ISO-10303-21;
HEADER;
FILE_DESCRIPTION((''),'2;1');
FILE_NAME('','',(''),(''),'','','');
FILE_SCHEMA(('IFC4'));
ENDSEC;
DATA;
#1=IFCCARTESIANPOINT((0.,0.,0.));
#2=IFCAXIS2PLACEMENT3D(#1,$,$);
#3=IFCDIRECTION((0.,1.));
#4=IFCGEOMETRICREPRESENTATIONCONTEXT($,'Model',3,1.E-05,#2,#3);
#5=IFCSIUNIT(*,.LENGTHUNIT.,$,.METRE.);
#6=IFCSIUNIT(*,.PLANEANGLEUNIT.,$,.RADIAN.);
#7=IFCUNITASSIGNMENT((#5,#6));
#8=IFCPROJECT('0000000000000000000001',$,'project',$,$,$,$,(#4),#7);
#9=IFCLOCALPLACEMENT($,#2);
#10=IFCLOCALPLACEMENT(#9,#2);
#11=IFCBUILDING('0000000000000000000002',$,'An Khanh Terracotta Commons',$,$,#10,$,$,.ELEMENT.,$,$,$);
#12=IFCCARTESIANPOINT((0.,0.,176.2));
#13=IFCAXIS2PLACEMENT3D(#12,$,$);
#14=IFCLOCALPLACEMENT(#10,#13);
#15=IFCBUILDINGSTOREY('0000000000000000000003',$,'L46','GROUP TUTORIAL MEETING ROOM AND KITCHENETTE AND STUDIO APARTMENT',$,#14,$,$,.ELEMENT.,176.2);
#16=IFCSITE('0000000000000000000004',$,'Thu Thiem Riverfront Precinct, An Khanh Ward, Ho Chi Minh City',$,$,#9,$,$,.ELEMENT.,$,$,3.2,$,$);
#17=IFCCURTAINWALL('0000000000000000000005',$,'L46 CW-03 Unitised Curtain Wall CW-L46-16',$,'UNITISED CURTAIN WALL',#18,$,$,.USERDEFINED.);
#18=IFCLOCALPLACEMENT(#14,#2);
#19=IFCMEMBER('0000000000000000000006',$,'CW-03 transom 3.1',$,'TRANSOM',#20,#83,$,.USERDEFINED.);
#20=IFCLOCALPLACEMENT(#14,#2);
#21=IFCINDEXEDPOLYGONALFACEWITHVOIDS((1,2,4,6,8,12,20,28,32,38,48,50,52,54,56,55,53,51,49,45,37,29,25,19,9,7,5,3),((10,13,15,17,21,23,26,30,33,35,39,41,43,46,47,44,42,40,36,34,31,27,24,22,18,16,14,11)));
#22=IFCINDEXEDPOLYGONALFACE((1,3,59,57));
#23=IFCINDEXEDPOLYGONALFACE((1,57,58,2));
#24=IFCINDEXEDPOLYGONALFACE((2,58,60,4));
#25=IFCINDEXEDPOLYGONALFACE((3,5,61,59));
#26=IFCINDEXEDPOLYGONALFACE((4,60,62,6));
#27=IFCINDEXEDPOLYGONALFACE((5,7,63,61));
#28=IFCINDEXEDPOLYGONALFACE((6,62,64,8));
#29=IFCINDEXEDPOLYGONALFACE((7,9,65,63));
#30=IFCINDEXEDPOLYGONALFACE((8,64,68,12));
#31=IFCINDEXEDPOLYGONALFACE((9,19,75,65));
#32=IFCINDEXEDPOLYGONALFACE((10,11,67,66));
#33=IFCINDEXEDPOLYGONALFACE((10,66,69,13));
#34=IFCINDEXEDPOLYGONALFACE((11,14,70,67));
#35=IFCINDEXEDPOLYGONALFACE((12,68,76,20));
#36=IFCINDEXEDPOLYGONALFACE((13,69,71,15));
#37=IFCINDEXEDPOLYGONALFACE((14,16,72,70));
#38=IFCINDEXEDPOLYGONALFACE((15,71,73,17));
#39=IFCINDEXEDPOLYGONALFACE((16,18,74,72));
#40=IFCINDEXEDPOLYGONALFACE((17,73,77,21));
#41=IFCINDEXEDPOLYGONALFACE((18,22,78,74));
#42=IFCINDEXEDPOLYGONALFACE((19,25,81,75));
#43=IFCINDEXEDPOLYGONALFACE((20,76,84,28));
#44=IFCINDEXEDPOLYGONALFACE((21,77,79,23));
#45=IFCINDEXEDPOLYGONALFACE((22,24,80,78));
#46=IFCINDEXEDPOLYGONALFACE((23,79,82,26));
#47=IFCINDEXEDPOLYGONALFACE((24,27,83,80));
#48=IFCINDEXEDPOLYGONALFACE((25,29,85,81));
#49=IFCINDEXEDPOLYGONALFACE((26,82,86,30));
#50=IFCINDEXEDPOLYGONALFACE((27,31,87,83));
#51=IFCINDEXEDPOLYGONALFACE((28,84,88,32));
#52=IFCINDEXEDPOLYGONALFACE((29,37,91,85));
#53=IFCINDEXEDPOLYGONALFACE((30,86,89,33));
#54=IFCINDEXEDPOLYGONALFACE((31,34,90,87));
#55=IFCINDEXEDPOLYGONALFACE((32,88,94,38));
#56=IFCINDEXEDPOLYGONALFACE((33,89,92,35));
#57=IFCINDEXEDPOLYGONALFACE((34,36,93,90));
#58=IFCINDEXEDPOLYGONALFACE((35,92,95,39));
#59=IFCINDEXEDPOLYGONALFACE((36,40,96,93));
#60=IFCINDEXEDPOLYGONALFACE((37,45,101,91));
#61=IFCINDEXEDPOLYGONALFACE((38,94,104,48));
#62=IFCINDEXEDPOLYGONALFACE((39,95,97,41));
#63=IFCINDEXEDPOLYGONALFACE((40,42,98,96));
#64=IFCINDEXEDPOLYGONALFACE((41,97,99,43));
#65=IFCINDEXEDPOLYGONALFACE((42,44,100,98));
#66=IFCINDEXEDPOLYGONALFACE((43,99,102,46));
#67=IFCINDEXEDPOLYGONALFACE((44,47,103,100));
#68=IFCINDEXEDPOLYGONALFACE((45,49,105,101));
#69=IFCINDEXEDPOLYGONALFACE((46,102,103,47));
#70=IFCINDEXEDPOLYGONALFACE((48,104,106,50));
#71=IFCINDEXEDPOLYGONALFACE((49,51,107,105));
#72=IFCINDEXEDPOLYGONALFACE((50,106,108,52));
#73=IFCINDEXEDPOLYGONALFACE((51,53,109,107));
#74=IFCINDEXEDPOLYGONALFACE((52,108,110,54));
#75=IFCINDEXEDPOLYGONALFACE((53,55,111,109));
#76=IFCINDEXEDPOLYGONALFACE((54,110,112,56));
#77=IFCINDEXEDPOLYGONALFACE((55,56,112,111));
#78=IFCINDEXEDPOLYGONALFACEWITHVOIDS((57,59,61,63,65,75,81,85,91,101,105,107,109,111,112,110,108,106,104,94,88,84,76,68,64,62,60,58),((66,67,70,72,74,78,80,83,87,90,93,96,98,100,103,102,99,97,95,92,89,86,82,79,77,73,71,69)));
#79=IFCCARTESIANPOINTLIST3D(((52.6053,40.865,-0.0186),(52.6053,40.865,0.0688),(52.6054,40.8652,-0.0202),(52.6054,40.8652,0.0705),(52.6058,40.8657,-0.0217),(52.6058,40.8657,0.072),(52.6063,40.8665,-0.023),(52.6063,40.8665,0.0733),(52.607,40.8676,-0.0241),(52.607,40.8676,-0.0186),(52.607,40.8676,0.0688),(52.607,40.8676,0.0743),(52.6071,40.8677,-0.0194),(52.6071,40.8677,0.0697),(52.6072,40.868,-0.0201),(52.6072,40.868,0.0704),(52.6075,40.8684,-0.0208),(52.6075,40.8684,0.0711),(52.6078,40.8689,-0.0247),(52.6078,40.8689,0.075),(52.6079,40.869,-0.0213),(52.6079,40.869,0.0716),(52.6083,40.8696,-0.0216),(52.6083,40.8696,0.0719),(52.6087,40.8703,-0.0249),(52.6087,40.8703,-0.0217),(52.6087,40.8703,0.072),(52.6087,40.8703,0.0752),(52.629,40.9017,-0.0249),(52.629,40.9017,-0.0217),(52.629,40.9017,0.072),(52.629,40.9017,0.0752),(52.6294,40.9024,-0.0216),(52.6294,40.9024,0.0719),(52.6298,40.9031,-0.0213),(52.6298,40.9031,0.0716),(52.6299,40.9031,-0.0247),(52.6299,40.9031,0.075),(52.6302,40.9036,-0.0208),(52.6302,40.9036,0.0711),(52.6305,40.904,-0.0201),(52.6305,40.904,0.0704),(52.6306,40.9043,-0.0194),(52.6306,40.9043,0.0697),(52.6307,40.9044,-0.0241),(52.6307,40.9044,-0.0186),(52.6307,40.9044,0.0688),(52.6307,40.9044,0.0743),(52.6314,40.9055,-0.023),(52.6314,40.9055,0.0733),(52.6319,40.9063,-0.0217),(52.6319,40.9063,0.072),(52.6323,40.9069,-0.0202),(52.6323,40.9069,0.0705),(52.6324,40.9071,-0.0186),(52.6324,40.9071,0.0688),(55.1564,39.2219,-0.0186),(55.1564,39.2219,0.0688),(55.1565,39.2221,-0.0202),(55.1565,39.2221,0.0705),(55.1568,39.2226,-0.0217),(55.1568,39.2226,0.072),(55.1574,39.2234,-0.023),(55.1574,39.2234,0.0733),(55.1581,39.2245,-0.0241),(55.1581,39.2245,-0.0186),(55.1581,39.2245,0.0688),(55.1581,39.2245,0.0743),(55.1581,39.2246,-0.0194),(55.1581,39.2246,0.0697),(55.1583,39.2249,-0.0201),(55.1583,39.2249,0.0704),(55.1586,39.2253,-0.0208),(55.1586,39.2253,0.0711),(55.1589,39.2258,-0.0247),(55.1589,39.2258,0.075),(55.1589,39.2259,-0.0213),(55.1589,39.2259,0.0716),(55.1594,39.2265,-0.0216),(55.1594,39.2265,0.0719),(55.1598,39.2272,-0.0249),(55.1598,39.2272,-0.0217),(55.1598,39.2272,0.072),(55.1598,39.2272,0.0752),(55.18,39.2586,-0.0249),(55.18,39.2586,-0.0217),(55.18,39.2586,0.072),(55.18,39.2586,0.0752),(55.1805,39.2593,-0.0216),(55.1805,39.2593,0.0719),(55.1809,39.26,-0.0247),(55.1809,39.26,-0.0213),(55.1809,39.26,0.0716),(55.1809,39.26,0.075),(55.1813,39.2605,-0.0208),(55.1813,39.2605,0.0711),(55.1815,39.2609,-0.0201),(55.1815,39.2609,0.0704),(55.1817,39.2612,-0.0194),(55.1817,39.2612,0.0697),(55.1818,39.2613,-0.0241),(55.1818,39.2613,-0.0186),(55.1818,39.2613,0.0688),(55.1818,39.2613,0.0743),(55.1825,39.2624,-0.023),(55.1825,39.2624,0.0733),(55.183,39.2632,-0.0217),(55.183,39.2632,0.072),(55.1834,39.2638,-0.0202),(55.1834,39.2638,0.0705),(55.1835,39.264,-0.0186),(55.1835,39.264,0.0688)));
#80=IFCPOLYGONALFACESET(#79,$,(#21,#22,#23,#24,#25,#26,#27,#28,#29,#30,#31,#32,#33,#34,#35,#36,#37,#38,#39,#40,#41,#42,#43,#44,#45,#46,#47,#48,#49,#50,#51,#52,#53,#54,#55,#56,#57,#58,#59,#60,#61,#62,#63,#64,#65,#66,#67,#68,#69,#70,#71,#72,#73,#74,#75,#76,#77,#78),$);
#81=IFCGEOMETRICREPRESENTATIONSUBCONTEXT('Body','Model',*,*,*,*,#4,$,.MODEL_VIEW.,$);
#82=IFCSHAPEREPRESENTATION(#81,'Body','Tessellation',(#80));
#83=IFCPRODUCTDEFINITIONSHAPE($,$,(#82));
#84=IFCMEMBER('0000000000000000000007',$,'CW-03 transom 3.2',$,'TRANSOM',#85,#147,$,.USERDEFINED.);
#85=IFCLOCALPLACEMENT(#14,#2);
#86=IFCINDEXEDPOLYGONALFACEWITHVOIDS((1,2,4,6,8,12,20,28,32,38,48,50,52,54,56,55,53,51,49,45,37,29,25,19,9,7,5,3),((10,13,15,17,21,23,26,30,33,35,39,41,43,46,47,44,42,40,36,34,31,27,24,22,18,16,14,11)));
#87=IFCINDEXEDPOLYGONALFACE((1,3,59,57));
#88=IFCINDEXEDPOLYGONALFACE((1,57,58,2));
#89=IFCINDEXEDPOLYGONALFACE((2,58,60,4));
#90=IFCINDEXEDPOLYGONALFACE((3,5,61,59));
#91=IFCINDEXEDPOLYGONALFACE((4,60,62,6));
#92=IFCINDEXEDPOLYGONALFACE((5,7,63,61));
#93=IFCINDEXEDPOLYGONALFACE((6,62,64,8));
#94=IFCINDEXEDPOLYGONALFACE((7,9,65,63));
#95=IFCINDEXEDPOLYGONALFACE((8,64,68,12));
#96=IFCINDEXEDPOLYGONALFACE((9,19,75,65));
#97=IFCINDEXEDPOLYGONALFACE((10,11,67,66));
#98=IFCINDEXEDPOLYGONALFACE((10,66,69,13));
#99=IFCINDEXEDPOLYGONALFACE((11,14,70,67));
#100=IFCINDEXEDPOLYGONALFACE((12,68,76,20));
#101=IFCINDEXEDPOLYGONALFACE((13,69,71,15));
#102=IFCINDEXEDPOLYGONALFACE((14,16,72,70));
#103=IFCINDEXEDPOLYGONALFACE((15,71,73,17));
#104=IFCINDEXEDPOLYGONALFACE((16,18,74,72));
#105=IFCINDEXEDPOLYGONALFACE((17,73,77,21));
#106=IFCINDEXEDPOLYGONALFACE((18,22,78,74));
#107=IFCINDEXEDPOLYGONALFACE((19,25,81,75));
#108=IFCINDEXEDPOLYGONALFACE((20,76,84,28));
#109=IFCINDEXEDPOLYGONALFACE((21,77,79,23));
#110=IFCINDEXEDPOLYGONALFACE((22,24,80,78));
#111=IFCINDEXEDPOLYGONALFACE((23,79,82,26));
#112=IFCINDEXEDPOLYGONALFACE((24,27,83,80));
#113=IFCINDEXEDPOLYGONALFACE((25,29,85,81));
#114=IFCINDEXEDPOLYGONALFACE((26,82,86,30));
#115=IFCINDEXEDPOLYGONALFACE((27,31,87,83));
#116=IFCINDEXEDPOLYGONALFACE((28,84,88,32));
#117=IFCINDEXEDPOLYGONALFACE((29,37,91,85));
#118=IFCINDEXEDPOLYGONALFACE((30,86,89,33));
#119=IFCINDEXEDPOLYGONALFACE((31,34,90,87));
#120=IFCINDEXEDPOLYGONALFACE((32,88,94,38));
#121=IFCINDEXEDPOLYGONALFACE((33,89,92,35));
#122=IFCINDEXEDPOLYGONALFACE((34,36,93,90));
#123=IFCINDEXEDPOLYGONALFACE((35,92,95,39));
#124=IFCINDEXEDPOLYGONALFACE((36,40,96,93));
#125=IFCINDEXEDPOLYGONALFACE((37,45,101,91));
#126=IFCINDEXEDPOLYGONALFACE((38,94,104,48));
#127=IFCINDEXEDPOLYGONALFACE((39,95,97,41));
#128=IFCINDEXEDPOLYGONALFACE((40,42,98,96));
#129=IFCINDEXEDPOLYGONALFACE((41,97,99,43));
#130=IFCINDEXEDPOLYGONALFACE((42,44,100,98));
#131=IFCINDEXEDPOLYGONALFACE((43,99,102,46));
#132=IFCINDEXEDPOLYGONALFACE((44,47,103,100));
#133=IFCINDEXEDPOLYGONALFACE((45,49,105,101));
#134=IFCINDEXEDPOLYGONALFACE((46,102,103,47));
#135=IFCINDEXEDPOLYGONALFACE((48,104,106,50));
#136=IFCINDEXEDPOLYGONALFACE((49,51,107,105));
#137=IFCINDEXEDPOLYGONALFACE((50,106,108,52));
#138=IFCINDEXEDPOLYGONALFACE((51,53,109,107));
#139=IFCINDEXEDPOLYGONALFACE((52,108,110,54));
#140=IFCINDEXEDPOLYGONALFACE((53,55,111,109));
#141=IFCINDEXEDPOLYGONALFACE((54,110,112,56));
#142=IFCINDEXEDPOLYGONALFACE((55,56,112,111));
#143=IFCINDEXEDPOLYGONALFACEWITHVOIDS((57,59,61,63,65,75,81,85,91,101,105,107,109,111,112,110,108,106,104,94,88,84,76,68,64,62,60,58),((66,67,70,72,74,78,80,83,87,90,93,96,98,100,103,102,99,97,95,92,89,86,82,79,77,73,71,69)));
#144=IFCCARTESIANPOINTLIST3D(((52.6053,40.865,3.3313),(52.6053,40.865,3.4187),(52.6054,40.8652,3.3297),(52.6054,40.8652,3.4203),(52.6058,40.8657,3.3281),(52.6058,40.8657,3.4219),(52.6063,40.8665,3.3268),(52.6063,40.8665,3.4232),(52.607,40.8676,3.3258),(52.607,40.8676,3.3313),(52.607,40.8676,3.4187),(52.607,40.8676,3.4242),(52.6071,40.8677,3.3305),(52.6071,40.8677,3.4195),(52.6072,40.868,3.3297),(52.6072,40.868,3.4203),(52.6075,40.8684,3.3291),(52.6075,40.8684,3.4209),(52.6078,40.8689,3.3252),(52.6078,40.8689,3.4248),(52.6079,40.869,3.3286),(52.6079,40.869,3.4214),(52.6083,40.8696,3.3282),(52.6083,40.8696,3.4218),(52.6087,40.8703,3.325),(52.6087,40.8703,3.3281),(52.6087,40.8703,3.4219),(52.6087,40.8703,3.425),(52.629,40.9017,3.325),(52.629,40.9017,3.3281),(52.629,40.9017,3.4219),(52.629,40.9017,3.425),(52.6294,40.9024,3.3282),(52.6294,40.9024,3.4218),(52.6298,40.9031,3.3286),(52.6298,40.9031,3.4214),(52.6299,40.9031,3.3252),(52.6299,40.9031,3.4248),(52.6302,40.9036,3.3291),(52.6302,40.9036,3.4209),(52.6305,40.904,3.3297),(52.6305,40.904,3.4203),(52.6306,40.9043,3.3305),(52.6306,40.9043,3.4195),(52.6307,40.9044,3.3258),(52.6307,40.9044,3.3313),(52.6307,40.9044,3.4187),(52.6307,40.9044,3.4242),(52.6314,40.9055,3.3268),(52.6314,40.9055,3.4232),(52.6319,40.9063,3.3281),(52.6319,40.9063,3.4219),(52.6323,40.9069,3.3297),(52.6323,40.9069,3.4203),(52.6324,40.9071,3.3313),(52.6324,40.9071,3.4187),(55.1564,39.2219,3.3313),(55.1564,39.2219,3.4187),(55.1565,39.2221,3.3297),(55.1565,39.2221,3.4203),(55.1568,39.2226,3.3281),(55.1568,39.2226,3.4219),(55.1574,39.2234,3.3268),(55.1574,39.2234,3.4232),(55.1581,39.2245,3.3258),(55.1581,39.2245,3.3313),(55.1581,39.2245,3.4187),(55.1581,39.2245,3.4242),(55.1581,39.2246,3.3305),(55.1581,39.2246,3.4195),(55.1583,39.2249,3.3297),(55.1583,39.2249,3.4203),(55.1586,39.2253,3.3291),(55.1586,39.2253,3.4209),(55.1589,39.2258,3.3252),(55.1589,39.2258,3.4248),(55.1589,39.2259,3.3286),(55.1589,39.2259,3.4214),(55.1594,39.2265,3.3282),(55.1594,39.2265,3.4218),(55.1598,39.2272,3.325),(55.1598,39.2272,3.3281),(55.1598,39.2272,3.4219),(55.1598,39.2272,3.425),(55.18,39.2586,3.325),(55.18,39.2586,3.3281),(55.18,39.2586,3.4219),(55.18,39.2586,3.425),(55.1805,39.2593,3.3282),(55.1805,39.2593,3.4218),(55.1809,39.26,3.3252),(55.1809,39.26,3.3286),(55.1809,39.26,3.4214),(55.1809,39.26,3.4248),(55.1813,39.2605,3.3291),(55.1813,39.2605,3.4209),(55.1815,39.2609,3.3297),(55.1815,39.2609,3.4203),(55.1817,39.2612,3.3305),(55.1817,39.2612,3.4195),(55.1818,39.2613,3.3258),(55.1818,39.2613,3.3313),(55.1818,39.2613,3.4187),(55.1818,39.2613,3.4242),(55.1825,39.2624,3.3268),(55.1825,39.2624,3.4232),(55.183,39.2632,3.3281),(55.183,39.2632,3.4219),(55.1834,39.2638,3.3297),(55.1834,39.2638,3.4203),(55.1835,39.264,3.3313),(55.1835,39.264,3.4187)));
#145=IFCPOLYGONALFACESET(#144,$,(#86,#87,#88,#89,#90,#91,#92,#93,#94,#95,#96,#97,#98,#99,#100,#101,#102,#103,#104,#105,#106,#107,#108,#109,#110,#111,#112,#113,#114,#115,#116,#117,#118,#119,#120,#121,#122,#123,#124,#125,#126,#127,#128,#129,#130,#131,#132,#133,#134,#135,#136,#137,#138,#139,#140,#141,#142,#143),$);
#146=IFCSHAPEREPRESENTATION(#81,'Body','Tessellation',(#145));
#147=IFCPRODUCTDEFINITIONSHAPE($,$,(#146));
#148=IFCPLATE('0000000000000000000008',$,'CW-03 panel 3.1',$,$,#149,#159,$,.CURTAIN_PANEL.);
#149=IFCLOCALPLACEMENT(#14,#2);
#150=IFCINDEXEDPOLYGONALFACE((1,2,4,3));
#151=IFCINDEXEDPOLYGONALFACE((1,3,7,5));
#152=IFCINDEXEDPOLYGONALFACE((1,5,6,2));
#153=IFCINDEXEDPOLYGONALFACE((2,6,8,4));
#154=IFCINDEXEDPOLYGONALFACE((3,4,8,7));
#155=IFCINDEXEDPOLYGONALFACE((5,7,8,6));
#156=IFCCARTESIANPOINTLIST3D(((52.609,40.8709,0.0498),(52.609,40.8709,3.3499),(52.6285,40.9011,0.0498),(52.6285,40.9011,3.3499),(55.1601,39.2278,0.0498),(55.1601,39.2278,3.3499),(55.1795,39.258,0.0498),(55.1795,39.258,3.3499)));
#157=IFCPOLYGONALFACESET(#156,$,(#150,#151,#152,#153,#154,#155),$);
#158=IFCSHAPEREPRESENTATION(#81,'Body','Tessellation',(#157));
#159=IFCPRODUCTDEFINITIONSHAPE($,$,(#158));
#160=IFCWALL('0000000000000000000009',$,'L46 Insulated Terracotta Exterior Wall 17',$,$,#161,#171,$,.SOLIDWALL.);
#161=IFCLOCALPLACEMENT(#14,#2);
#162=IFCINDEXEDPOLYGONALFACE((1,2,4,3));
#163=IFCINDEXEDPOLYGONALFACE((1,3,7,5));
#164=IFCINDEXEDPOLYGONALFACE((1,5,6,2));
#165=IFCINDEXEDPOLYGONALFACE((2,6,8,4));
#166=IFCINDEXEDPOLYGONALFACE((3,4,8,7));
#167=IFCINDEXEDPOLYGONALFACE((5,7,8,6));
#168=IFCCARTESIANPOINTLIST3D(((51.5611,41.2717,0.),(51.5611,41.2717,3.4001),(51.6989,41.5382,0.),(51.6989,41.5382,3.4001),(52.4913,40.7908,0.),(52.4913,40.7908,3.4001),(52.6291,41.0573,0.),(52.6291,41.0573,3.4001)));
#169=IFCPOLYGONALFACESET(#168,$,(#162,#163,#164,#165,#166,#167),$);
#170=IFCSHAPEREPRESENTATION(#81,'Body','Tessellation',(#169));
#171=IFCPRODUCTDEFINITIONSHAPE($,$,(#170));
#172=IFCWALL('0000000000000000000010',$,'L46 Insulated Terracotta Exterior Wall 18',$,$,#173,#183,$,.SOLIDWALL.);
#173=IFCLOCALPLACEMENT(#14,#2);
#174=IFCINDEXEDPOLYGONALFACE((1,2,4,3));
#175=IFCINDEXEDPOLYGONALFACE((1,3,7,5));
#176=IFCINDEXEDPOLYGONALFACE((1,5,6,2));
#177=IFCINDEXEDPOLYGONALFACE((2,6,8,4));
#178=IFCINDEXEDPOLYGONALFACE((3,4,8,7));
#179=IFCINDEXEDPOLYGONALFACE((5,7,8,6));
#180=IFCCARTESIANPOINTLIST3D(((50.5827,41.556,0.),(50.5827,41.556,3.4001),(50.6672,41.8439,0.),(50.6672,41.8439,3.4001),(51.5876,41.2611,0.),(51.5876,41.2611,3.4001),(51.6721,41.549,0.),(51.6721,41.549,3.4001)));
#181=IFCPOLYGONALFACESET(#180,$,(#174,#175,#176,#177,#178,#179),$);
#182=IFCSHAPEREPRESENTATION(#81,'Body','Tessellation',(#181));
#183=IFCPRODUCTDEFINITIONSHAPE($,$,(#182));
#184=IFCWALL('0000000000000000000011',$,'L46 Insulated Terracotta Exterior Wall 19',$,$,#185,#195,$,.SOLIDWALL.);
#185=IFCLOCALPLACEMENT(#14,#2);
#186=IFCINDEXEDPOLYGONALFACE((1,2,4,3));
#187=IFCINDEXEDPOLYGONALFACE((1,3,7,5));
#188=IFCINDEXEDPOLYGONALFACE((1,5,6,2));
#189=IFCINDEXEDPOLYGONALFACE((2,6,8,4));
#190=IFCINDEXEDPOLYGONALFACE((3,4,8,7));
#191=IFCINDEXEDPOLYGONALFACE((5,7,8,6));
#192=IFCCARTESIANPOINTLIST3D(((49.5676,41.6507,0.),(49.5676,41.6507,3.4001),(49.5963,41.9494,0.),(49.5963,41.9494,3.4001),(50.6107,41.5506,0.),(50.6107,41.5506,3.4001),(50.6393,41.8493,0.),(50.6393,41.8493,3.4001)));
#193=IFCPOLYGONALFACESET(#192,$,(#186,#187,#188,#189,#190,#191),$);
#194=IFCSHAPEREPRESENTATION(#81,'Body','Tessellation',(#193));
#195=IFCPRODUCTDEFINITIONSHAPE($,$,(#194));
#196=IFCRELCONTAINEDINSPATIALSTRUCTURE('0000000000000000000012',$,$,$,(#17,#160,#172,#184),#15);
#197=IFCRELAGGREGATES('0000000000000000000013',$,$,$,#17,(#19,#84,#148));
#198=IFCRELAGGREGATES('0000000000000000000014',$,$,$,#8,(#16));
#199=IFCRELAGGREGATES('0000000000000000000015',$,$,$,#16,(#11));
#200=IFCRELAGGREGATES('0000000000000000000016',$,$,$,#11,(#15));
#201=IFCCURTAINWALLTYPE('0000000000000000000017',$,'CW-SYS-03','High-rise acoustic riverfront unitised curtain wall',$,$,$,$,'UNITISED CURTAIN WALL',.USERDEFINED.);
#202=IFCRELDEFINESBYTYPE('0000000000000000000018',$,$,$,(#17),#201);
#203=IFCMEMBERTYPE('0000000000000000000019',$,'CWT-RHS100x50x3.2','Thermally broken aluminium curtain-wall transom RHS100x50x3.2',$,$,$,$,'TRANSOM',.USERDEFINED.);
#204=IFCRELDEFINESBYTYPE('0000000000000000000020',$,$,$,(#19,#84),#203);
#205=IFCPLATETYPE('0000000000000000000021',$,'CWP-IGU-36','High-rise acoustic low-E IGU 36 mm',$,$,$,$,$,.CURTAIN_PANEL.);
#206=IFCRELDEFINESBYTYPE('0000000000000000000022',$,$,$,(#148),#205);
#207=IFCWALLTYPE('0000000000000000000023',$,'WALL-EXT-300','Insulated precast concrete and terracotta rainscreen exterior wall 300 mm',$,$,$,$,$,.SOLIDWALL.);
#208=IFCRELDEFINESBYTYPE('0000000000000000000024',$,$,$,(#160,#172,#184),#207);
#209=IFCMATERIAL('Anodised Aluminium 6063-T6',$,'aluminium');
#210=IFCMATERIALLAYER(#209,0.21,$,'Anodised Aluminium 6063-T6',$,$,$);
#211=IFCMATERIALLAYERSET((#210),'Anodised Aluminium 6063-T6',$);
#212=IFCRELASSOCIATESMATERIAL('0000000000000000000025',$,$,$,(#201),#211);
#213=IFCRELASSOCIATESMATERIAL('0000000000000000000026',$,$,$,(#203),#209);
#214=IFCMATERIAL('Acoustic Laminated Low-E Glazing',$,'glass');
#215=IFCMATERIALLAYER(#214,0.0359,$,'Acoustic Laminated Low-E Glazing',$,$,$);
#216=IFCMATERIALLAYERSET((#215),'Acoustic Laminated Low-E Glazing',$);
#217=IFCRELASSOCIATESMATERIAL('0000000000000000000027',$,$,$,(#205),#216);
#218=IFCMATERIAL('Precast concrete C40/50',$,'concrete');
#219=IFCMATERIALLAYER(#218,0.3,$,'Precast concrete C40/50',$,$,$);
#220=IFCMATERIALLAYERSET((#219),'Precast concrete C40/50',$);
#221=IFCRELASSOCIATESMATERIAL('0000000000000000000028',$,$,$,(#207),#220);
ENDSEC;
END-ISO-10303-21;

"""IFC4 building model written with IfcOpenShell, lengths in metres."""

from ifc_helpers import new_model, si_unit, direction, frame, frame_2d, origin, origin_2d, place, context, subcontext, project, spatial, rectangle, hollow_rectangle, extrude, material, layer, layer_set, material_profile, profile_set, type_object, element, aggregate, save


model = new_model("IFC4")

# Units and contexts
model_context = context("Model", 3, precision=1e-05, world=origin(), true_north=direction((0.0, 1.0)))
body_context = subcontext(model_context, "Body", "Model", "MODEL_VIEW")
ifc_project = project(units=[si_unit("LENGTHUNIT", "METRE"), si_unit("PLANEANGLEUNIT", "RADIAN")], contexts=[model_context])

# Site, building, storey
site_placement = place(None, origin())
site = spatial("IfcSite", under=ifc_project, at=site_placement, Name="Thu Thiem Riverfront Precinct, An Khanh Ward, Ho Chi Minh City", CompositionType="ELEMENT", RefElevation=3.2)
building_placement = place(site_placement, origin())
building = spatial("IfcBuilding", under=site, at=building_placement, Name="An Khanh Terracotta Commons", CompositionType="ELEMENT")
storey_placement = place(building_placement, frame((0.0, 0.0, 176.2)))
storey = spatial("IfcBuildingStorey", under=building, at=storey_placement, Name="L46", Description="GROUP TUTORIAL MEETING ROOM AND KITCHENETTE AND STUDIO APARTMENT", CompositionType="ELEMENT", Elevation=176.2)

# Curtain wall, members, plate
ifc_material_1 = material(Name="Anodised Aluminium 6063-T6", Category="aluminium")
ifc_layer_1 = layer(ifc_material_1, 0.21, Name="Anodised Aluminium 6063-T6")
ifc_layer_set_1 = layer_set([ifc_layer_1], Name="Anodised Aluminium 6063-T6")
curtain_wall_type = type_object("IfcCurtainWallType", Name="CW-SYS-03", Description="High-rise acoustic riverfront unitised curtain wall", ElementType="UNITISED CURTAIN WALL", PredefinedType="USERDEFINED", material=ifc_layer_set_1)
curtain_wall_placement = place(storey_placement, origin())
curtain_wall = element("IfcCurtainWall", 1, at=curtain_wall_placement, inside=storey, type_object=curtain_wall_type, Name="L46 CW-03 Unitised Curtain Wall CW-L46-16", ObjectType="UNITISED CURTAIN WALL", PredefinedType="USERDEFINED")
ifc_material_profile_1 = material_profile(ifc_material_1, hollow_rectangle(XDim=0.05, YDim=0.1001, WallThickness=0.0032, InnerFilletRadius=0.0032, OuterFilletRadius=0.0063, at=origin_2d()), Name="RHS100x50x3.2")
ifc_profile_set_1 = profile_set([ifc_material_profile_1], Name="Anodised Aluminium 6063-T6")
member_type_1 = type_object("IfcMemberType", Name="CWT-RHS100x50x3.2", Description="Thermally broken aluminium curtain-wall transom RHS100x50x3.2", ElementType="TRANSOM", PredefinedType="USERDEFINED", material=ifc_profile_set_1)
member_1_placement = place(storey_placement, frame((55.1699, 39.2429, 0.0251), z_axis=(-0.84071, 0.541485, 0.0), x_axis=(-0.541485, -0.84071, 0.0)))
member_1 = element("IfcMember", 2, at=member_1_placement, type_object=member_type_1, Name="CW-03 transom 3.1", ObjectType="TRANSOM", PredefinedType="USERDEFINED", context=body_context, shape_type="SweptSolid", body=[
    extrude(hollow_rectangle(XDim=0.05, YDim=0.1001, WallThickness=0.0032, InnerFilletRadius=0.0032, OuterFilletRadius=0.0063, at=origin_2d()), origin(), (0.0, 0.0, 1.0), 3.0344),
])
member_2_placement = place(storey_placement, frame((55.1699, 39.2429, 3.375), z_axis=(-0.84071, 0.541485, 0.0), x_axis=(-0.541485, -0.84071, 0.0)))
member_2 = element("IfcMember", 3, at=member_2_placement, type_object=member_type_1, Name="CW-03 transom 3.2", ObjectType="TRANSOM", PredefinedType="USERDEFINED", context=body_context, shape_type="SweptSolid", body=[
    extrude(hollow_rectangle(XDim=0.05, YDim=0.1001, WallThickness=0.0032, InnerFilletRadius=0.0032, OuterFilletRadius=0.0063, at=origin_2d()), origin(), (0.0, 0.0, 1.0), 3.0344),
])
ifc_material_2 = material(Name="Acoustic Laminated Low-E Glazing", Category="glass")
ifc_layer_2 = layer(ifc_material_2, 0.0359, Name="Acoustic Laminated Low-E Glazing")
ifc_layer_set_2 = layer_set([ifc_layer_2], Name="Acoustic Laminated Low-E Glazing")
plate_type = type_object("IfcPlateType", Name="CWP-IGU-36", Description="High-rise acoustic low-E IGU 36 mm", PredefinedType="CURTAIN_PANEL", material=ifc_layer_set_2)
plate_placement = place(storey_placement, frame((53.8943, 40.0645, 0.0498), z_axis=(0.0, 0.0, 1.0), x_axis=(-0.840702, 0.541498, 0.0)))
plate = element("IfcPlate", 4, at=plate_placement, type_object=plate_type, Name="CW-03 panel 3.1", PredefinedType="CURTAIN_PANEL", context=body_context, shape_type="SweptSolid", body=[
    extrude(rectangle(XDim=3.0344, YDim=0.0359, at=origin_2d()), origin(), (0.0, 0.0, 1.0), 3.3),
])
aggregate(curtain_wall, [member_1, member_2, plate])

# Walls
ifc_material_3 = material(Name="Precast concrete C40/50", Category="concrete")
ifc_layer_3 = layer(ifc_material_3, 0.3, Name="Precast concrete C40/50")
ifc_layer_set_3 = layer_set([ifc_layer_3], Name="Precast concrete C40/50")
wall_type = type_object("IfcWallType", Name="WALL-EXT-300", Description="Insulated precast concrete and terracotta rainscreen exterior wall 300 mm", PredefinedType="SOLIDWALL", material=ifc_layer_set_3)
wall_1_placement = place(storey_placement, frame((52.5601, 40.9241, 0.0), z_axis=(0.0, 0.0, 1.0), x_axis=(-0.888283, 0.459296, 0.0)))
element("IfcWall", 5, at=wall_1_placement, inside=storey, type_object=wall_type, Name="L46 Insulated Terracotta Exterior Wall 17", PredefinedType="SOLIDWALL", context=body_context, shape_type="SweptSolid", body=[
    extrude(rectangle(XDim=1.0471, YDim=0.3, at=frame_2d((0.5234, 0.0))), origin(), (0.0, 0.0, 1.0), 3.4001),
])
wall_2_placement = place(storey_placement, frame((51.6299, 41.405, 0.0), z_axis=(0.0, 0.0, 1.0), x_axis=(-0.959529, 0.281611, 0.0)))
element("IfcWall", 6, at=wall_2_placement, inside=storey, type_object=wall_type, Name="L46 Insulated Terracotta Exterior Wall 18", PredefinedType="SOLIDWALL", context=body_context, shape_type="SweptSolid", body=[
    extrude(rectangle(XDim=1.0474, YDim=0.3, at=frame_2d((0.5237, 0.0))), origin(), (0.0, 0.0, 1.0), 3.4001),
])
wall_3_placement = place(storey_placement, frame((50.625, 41.7, 0.0), z_axis=(0.0, 0.0, 1.0), x_axis=(-0.995426, 0.095535, 0.0)))
element("IfcWall", 7, at=wall_3_placement, inside=storey, type_object=wall_type, Name="L46 Insulated Terracotta Exterior Wall 19", PredefinedType="SOLIDWALL", context=body_context, shape_type="SweptSolid", body=[
    extrude(rectangle(XDim=1.0479, YDim=0.3, at=frame_2d((0.5239, 0.0))), origin(), (0.0, 0.0, 1.0), 3.4001),
])

save(model, "model.ifc")
